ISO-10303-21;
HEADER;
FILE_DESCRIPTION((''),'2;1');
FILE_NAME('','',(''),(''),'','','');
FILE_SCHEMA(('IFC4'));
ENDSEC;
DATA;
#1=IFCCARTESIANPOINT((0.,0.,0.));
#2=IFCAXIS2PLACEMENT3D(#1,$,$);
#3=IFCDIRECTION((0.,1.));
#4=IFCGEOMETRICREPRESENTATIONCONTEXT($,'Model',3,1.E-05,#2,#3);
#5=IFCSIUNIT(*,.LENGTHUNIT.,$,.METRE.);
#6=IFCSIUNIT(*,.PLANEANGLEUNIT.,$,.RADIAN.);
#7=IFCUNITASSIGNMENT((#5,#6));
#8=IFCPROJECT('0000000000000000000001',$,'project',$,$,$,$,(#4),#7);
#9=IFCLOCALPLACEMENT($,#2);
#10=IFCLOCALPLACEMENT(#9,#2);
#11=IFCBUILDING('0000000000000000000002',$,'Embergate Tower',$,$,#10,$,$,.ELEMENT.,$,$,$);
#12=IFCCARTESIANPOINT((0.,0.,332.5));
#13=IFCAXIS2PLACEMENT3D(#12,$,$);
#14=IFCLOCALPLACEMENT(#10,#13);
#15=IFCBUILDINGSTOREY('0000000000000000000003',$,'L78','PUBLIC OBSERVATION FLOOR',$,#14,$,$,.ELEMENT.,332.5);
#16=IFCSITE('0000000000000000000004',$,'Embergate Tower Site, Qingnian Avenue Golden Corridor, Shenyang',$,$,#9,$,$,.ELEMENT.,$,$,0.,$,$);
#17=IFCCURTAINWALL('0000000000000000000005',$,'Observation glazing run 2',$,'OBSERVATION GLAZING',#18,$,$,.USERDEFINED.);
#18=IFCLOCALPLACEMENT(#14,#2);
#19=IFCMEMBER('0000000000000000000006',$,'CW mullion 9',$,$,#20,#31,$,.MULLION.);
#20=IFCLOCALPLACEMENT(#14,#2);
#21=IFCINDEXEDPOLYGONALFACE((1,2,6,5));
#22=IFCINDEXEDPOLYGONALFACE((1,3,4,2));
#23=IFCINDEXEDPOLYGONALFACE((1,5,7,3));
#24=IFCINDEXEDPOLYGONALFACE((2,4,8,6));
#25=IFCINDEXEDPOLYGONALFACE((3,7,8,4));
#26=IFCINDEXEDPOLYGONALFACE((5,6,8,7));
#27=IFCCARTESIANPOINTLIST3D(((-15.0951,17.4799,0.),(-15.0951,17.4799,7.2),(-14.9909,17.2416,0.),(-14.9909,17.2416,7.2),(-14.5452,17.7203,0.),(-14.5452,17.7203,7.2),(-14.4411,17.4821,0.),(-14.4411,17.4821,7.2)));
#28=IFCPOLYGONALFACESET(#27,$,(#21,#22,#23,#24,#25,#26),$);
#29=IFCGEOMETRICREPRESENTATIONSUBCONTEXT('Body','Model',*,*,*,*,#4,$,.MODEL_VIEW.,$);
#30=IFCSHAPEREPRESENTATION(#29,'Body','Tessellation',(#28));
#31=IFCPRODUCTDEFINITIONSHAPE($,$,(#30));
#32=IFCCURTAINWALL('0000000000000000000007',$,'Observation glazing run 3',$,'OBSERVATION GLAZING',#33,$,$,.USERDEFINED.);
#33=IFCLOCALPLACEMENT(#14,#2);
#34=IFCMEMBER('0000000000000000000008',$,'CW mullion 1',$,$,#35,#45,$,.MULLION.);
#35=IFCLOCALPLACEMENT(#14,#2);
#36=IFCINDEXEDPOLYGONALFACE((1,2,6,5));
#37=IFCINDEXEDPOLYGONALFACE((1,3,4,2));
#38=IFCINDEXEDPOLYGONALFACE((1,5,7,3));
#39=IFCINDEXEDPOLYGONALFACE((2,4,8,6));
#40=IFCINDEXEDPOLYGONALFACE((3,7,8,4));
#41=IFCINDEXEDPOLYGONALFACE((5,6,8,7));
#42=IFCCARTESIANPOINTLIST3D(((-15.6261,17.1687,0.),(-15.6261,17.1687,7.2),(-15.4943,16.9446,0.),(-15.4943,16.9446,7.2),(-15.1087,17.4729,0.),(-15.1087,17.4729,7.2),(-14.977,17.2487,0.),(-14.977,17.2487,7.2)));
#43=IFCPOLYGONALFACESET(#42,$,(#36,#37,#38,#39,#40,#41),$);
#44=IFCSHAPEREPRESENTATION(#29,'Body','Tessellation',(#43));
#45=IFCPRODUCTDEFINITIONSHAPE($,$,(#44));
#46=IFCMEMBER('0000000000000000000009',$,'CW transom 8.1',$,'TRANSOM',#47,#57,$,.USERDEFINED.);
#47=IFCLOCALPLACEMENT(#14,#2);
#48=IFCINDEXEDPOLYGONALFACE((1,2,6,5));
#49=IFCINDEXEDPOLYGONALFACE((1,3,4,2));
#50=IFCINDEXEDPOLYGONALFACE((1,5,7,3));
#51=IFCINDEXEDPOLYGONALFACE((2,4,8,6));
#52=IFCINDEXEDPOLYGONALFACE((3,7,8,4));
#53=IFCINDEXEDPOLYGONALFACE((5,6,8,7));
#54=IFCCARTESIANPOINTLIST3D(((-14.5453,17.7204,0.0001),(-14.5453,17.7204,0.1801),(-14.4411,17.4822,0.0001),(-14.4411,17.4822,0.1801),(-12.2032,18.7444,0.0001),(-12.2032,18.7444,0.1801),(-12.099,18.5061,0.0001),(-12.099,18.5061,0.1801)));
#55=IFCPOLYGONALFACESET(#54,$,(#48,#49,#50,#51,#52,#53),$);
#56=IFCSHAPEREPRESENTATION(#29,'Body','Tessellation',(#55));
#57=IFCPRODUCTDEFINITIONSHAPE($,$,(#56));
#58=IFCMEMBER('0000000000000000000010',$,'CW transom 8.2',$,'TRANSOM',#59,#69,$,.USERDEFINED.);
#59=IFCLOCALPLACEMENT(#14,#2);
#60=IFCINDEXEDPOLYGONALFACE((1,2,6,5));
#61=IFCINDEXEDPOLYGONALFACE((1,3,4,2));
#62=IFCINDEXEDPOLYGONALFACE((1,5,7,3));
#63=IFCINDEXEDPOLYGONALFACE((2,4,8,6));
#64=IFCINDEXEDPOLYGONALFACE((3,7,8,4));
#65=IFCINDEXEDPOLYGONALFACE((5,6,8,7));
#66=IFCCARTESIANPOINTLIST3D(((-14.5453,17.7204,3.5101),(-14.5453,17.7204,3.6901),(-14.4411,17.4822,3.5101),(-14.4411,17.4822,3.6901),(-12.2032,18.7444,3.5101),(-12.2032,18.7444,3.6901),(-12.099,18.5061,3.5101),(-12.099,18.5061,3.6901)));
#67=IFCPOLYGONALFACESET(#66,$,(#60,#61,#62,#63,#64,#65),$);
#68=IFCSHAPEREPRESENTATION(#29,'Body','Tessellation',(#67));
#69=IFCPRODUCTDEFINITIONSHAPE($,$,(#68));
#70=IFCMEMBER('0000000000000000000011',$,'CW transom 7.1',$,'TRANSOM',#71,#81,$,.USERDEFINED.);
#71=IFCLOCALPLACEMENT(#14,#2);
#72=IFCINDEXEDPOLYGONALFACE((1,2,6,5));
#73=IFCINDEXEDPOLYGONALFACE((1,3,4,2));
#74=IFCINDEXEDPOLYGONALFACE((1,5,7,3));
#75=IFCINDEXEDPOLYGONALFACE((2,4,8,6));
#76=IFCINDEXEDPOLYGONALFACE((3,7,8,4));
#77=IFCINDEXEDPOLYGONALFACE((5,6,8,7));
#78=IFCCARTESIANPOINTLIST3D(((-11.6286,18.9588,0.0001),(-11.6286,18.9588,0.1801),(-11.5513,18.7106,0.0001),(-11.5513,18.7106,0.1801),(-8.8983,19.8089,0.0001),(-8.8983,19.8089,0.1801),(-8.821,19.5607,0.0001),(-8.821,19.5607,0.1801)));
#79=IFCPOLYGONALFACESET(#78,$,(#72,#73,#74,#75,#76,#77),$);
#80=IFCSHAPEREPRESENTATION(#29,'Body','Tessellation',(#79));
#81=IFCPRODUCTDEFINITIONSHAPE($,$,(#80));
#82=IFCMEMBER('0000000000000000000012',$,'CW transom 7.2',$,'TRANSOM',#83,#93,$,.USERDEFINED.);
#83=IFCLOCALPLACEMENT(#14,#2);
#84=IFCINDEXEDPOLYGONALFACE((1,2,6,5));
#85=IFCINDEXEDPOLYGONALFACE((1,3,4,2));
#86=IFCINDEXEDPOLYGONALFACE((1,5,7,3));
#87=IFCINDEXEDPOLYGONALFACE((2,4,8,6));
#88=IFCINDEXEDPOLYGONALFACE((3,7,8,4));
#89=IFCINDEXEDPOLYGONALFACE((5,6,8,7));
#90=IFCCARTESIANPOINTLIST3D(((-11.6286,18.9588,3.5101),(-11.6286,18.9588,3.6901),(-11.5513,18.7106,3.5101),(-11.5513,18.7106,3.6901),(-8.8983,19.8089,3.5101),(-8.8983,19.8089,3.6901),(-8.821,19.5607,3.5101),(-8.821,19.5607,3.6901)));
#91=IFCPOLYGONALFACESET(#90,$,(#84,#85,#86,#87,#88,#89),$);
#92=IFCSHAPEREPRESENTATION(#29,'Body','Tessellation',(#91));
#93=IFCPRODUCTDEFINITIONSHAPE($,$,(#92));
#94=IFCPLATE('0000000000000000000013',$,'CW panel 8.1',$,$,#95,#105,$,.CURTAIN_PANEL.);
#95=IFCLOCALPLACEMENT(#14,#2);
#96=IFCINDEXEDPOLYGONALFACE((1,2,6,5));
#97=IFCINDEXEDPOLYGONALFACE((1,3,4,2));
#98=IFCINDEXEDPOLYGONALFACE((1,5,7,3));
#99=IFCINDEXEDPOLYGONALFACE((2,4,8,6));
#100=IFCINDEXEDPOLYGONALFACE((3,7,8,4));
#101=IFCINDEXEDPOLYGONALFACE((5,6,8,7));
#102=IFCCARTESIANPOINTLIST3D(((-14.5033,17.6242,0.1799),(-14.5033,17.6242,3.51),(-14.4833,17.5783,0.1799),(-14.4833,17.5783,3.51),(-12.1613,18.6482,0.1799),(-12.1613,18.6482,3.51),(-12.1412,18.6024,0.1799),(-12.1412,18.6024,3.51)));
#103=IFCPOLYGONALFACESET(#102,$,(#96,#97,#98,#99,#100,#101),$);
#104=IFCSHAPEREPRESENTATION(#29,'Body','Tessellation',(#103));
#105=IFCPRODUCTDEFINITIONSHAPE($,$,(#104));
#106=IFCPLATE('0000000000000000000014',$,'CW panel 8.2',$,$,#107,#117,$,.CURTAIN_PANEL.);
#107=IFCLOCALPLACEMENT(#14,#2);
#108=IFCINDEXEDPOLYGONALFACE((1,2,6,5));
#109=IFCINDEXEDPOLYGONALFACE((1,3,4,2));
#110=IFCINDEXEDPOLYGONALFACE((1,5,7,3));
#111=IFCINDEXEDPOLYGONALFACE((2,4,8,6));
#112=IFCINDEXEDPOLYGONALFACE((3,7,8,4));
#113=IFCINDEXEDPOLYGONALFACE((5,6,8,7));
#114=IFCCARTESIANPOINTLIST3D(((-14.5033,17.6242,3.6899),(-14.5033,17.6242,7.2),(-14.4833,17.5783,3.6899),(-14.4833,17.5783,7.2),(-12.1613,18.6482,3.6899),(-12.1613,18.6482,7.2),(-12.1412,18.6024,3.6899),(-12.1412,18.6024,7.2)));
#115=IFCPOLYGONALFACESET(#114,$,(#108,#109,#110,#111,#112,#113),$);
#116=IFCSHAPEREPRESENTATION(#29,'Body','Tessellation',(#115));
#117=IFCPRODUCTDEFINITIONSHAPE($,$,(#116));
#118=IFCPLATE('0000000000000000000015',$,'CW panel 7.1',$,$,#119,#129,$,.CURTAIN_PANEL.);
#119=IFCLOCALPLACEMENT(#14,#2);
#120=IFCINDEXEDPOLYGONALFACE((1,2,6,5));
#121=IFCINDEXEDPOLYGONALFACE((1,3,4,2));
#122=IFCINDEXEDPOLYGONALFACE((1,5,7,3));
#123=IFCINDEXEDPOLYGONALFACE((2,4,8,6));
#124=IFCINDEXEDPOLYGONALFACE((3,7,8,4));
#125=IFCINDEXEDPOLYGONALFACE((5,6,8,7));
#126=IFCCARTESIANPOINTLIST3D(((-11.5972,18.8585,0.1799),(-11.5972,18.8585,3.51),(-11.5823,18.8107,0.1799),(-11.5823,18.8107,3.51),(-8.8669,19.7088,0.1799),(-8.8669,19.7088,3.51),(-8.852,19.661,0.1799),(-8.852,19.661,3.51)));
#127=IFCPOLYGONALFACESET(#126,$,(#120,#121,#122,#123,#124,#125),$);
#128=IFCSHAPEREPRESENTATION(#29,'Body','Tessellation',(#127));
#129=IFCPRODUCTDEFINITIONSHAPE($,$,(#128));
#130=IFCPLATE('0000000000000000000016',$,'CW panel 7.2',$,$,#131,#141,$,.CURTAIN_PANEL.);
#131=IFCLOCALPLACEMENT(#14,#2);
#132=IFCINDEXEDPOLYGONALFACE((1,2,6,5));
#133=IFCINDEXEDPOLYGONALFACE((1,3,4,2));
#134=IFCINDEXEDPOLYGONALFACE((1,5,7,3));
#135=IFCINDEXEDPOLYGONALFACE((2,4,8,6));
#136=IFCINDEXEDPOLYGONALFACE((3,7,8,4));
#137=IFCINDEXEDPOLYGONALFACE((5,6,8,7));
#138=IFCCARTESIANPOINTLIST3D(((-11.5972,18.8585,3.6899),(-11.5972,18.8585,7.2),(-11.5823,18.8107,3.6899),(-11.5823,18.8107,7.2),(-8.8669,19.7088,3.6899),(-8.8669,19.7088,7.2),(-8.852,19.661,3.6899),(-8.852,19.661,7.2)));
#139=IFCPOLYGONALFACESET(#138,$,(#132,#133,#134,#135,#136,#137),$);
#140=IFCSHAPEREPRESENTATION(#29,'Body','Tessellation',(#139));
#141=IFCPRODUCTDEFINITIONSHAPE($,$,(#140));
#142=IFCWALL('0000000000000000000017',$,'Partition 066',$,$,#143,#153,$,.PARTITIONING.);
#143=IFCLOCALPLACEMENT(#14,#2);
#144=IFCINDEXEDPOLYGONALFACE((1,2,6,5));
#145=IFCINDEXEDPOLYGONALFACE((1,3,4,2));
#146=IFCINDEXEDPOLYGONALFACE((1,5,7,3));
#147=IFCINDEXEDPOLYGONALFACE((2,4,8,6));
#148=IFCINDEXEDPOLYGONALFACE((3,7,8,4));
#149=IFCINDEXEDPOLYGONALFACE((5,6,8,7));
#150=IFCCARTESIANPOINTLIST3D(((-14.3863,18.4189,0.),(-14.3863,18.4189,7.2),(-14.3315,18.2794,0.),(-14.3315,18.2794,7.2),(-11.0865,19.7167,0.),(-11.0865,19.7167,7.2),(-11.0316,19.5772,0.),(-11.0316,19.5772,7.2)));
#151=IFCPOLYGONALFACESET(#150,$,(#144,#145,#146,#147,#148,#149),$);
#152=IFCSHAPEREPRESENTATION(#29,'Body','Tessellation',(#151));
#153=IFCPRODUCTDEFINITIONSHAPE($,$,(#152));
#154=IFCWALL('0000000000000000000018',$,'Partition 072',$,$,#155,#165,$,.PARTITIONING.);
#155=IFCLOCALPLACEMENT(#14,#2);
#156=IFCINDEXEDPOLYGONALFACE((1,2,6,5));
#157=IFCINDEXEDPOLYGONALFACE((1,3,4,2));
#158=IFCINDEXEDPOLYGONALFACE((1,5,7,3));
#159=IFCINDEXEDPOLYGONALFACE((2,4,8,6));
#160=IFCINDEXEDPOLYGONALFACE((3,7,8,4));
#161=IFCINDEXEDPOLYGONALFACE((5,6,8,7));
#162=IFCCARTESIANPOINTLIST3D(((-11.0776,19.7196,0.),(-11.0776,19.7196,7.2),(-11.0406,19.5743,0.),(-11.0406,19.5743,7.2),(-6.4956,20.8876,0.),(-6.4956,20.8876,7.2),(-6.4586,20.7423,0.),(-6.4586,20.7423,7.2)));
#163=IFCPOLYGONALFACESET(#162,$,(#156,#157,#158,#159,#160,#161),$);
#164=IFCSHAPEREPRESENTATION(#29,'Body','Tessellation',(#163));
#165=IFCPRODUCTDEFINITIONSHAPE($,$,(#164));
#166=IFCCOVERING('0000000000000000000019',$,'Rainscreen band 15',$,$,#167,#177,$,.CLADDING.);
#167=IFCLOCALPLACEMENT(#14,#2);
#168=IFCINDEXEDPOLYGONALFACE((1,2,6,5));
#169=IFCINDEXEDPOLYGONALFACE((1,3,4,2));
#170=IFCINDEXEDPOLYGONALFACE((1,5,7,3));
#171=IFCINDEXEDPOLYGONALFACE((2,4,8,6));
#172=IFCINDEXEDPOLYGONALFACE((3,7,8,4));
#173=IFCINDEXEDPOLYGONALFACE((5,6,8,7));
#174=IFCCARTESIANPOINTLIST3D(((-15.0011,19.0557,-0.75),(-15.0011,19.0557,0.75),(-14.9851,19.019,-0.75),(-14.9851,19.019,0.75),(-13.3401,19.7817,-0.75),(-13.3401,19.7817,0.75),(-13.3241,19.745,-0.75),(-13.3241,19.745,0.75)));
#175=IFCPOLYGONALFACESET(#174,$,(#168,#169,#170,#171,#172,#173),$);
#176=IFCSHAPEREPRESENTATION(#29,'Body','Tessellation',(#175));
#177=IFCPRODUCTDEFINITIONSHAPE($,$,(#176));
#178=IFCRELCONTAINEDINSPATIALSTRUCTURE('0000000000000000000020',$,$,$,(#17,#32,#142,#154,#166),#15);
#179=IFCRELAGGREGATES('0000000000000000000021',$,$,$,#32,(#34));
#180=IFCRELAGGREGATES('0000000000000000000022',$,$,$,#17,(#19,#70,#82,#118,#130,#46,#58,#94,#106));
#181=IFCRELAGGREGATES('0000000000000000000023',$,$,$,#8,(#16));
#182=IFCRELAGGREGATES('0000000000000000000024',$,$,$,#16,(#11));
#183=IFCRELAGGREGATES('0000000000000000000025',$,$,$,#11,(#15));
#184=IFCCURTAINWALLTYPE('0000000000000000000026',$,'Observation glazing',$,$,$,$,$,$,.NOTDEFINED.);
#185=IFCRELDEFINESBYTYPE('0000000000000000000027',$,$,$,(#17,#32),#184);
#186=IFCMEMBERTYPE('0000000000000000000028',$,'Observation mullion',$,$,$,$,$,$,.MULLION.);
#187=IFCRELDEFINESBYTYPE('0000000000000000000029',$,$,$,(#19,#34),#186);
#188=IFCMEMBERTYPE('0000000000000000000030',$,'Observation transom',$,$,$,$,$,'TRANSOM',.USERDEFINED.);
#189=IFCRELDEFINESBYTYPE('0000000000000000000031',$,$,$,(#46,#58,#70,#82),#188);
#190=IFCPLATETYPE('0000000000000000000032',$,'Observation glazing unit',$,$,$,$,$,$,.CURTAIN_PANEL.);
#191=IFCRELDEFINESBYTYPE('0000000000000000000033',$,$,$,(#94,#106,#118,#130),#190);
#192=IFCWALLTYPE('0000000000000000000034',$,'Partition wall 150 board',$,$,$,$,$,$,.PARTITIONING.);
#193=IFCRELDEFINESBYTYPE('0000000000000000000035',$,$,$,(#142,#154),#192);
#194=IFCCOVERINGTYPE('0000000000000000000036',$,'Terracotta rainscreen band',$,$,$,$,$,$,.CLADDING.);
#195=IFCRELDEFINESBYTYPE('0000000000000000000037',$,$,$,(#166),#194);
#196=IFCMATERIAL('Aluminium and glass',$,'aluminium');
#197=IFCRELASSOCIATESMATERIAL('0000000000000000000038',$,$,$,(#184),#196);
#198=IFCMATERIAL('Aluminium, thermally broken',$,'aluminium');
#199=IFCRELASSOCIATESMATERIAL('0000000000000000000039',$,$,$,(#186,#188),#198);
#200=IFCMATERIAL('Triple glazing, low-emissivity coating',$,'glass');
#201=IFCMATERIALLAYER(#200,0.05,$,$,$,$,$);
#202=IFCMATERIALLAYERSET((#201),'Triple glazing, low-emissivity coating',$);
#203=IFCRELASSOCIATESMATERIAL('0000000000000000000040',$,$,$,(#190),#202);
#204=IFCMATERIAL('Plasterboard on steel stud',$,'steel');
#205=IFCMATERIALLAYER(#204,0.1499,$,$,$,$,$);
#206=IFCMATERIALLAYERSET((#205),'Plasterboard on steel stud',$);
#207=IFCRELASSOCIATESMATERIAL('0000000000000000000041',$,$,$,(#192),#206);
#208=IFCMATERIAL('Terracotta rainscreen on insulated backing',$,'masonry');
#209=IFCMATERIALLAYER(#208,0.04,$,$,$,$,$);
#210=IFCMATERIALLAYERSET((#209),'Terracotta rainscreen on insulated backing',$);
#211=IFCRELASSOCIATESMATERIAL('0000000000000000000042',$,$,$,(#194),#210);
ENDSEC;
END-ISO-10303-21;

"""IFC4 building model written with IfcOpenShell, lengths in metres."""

from ifc_helpers import new_model, si_unit, direction, frame, frame_2d, origin, origin_2d, place, context, subcontext, project, spatial, rectangle, extrude, source, transform, mapped, material, layer, layer_set, material_profile, profile_set, type_object, element, aggregate, save


model = new_model("IFC4")

# Units and contexts
model_context = context("Model", 3, precision=1e-05, world=origin(), true_north=direction((0.0, 1.0)))
body_context = subcontext(model_context, "Body", "Model", "MODEL_VIEW")
ifc_project = project(units=[si_unit("LENGTHUNIT", "METRE"), si_unit("PLANEANGLEUNIT", "RADIAN")], contexts=[model_context])

# Site, building, storey
site_placement = place(None, origin())
site = spatial("IfcSite", under=ifc_project, at=site_placement, Name="Embergate Tower Site, Qingnian Avenue Golden Corridor, Shenyang", CompositionType="ELEMENT", RefElevation=0.0)
building_placement = place(site_placement, origin())
building = spatial("IfcBuilding", under=site, at=building_placement, Name="Embergate Tower", CompositionType="ELEMENT")
storey_placement = place(building_placement, frame((0.0, 0.0, 332.5)))
storey = spatial("IfcBuildingStorey", under=building, at=storey_placement, Name="L78", Description="PUBLIC OBSERVATION FLOOR", CompositionType="ELEMENT", Elevation=332.5)

# Curtain wall, member
ifc_material_1 = material(Name="Aluminium and glass", Category="aluminium")
curtain_wall_type = type_object("IfcCurtainWallType", Name="Observation glazing", PredefinedType="NOTDEFINED", material=ifc_material_1)
curtain_wall_1_placement = place(storey_placement, origin())
curtain_wall_1 = element("IfcCurtainWall", 1, at=curtain_wall_1_placement, inside=storey, type_object=curtain_wall_type, Name="Observation glazing run 2", ObjectType="OBSERVATION GLAZING", PredefinedType="USERDEFINED")
ifc_material_2 = material(Name="Aluminium, thermally broken", Category="aluminium")
ifc_material_profile_1 = material_profile(ifc_material_2, rectangle(XDim=0.26, YDim=0.6001, at=origin_2d()), Name="AL 600x260")
ifc_profile_set_1 = profile_set([ifc_material_profile_1], Name="Aluminium, thermally broken")
member_type_1 = type_object("IfcMemberType", Name="Observation mullion", PredefinedType="MULLION", material=ifc_profile_set_1)
shared_shape_1 = source(origin(), body_context, "Body", "SweptSolid", [
    extrude(rectangle(XDim=0.26, YDim=0.6001, at=origin_2d()), origin(), (0.0, 0.0, 1.0), 7.2),
])
member_1_placement = place(storey_placement, frame((-14.7681, 17.481, 0.0), z_axis=(0.0, 0.0, 1.0), x_axis=(0.400634, -0.916238, 0.0)))
member_1 = element("IfcMember", 2, at=member_1_placement, type_object=member_type_1, Name="CW mullion 9", PredefinedType="MULLION", context=body_context, shape_type="MappedRepresentation", body=[
    mapped(shared_shape_1, transform((0.0, 0.0, 0.0))),
])

# Curtain wall, member
curtain_wall_2_placement = place(storey_placement, origin())
curtain_wall_2 = element("IfcCurtainWall", 3, at=curtain_wall_2_placement, inside=storey, type_object=curtain_wall_type, Name="Observation glazing run 3", ObjectType="OBSERVATION GLAZING", PredefinedType="USERDEFINED")
member_2_placement = place(storey_placement, frame((-15.3015, 17.2087, 0.0), z_axis=(0.0, 0.0, 1.0), x_axis=(0.506812, -0.862057, 0.0)))
member_2 = element("IfcMember", 4, at=member_2_placement, type_object=member_type_1, Name="CW mullion 1", PredefinedType="MULLION", context=body_context, shape_type="MappedRepresentation", body=[
    mapped(shared_shape_1, transform((0.0, 0.0, 0.0))),
])
aggregate(curtain_wall_2, [member_2])

# Members
ifc_material_profile_2 = material_profile(ifc_material_2, rectangle(XDim=0.26, YDim=0.1799, at=origin_2d()), Name="AL 180x260")
ifc_profile_set_2 = profile_set([ifc_material_profile_2], Name="Aluminium, thermally broken")
member_type_2 = type_object("IfcMemberType", Name="Observation transom", ElementType="TRANSOM", PredefinedType="USERDEFINED", material=ifc_profile_set_2)
shared_shape_2 = source(origin(), body_context, "Body", "SweptSolid", [
    extrude(rectangle(XDim=0.26, YDim=0.1799, at=origin_2d()), origin(), (0.0, 0.0, 1.0), 2.5562),
])
member_3_placement = place(storey_placement, frame((-12.1511, 18.6252, 0.0901), z_axis=(-0.91626, -0.400583, 0.0), x_axis=(0.400583, -0.91626, 0.0)))
member_3 = element("IfcMember", 5, at=member_3_placement, type_object=member_type_2, Name="CW transom 8.1", ObjectType="TRANSOM", PredefinedType="USERDEFINED", context=body_context, shape_type="MappedRepresentation", body=[
    mapped(shared_shape_2, transform((0.0, 0.0, 0.0))),
])
member_4_placement = place(storey_placement, frame((-12.1511, 18.6252, 3.6001), z_axis=(-0.91626, -0.400583, 0.0), x_axis=(0.400583, -0.91626, 0.0)))
member_4 = element("IfcMember", 6, at=member_4_placement, type_object=member_type_2, Name="CW transom 8.2", ObjectType="TRANSOM", PredefinedType="USERDEFINED", context=body_context, shape_type="MappedRepresentation", body=[
    mapped(shared_shape_2, transform((0.0, 0.0, 0.0))),
])
shared_shape_3 = source(origin(), body_context, "Body", "SweptSolid", [
    extrude(rectangle(XDim=0.26, YDim=0.1799, at=origin_2d()), origin(), (0.0, 0.0, 1.0), 2.8596),
])
member_5_placement = place(storey_placement, frame((-8.8596, 19.6848, 0.0901), z_axis=(-0.954788, -0.297288, 0.0), x_axis=(0.297288, -0.954788, 0.0)))
member_5 = element("IfcMember", 7, at=member_5_placement, type_object=member_type_2, Name="CW transom 7.1", ObjectType="TRANSOM", PredefinedType="USERDEFINED", context=body_context, shape_type="MappedRepresentation", body=[
    mapped(shared_shape_3, transform((0.0, 0.0, 0.0))),
])
member_6_placement = place(storey_placement, frame((-8.8596, 19.6848, 3.6001), z_axis=(-0.954788, -0.297288, 0.0), x_axis=(0.297288, -0.954788, 0.0)))
member_6 = element("IfcMember", 8, at=member_6_placement, type_object=member_type_2, Name="CW transom 7.2", ObjectType="TRANSOM", PredefinedType="USERDEFINED", context=body_context, shape_type="MappedRepresentation", body=[
    mapped(shared_shape_3, transform((0.0, 0.0, 0.0))),
])

# Plates
ifc_material_3 = material(Name="Triple glazing, low-emissivity coating", Category="glass")
ifc_layer_1 = layer(ifc_material_3, 0.05)
ifc_layer_set_1 = layer_set([ifc_layer_1], Name="Triple glazing, low-emissivity coating")
plate_type = type_object("IfcPlateType", Name="Observation glazing unit", PredefinedType="CURTAIN_PANEL", material=ifc_layer_set_1)
shared_shape_4 = source(origin(), body_context, "Body", "SweptSolid", [
    extrude(rectangle(XDim=2.5562, YDim=0.05, at=origin_2d()), origin(), (0.0, 0.0, 1.0), 3.3301),
])
plate_1_placement = place(storey_placement, frame((-13.3223, 18.1133, 0.1799), z_axis=(0.0, 0.0, 1.0), x_axis=(-0.916238, -0.400634, 0.0)))
plate_1 = element("IfcPlate", 9, at=plate_1_placement, type_object=plate_type, Name="CW panel 8.1", PredefinedType="CURTAIN_PANEL", context=body_context, shape_type="MappedRepresentation", body=[
    mapped(shared_shape_4, transform((0.0, 0.0, 0.0))),
])
shared_shape_5 = source(origin(), body_context, "Body", "SweptSolid", [
    extrude(rectangle(XDim=2.5562, YDim=0.05, at=origin_2d()), origin(), (0.0, 0.0, 1.0), 3.51),
])
plate_2_placement = place(storey_placement, frame((-13.3223, 18.1133, 3.6899), z_axis=(0.0, 0.0, 1.0), x_axis=(-0.916238, -0.400634, 0.0)))
plate_2 = element("IfcPlate", 10, at=plate_2_placement, type_object=plate_type, Name="CW panel 8.2", PredefinedType="CURTAIN_PANEL", context=body_context, shape_type="MappedRepresentation", body=[
    mapped(shared_shape_5, transform((0.0, 0.0, 0.0))),
])
shared_shape_6 = source(origin(), body_context, "Body", "SweptSolid", [
    extrude(rectangle(XDim=2.8596, YDim=0.05, at=origin_2d()), origin(), (0.0, 0.0, 1.0), 3.3301),
])
plate_3_placement = place(storey_placement, frame((-10.2246, 19.2598, 0.1799), z_axis=(0.0, 0.0, 1.0), x_axis=(-0.954773, -0.297335, 0.0)))
plate_3 = element("IfcPlate", 11, at=plate_3_placement, type_object=plate_type, Name="CW panel 7.1", PredefinedType="CURTAIN_PANEL", context=body_context, shape_type="MappedRepresentation", body=[
    mapped(shared_shape_6, transform((0.0, 0.0, 0.0))),
])
shared_shape_7 = source(origin(), body_context, "Body", "SweptSolid", [
    extrude(rectangle(XDim=2.8596, YDim=0.05, at=origin_2d()), origin(), (0.0, 0.0, 1.0), 3.51),
])
plate_4_placement = place(storey_placement, frame((-10.2246, 19.2598, 3.6899), z_axis=(0.0, 0.0, 1.0), x_axis=(-0.954773, -0.297335, 0.0)))
plate_4 = element("IfcPlate", 12, at=plate_4_placement, type_object=plate_type, Name="CW panel 7.2", PredefinedType="CURTAIN_PANEL", context=body_context, shape_type="MappedRepresentation", body=[
    mapped(shared_shape_7, transform((0.0, 0.0, 0.0))),
])
aggregate(curtain_wall_1, [member_1, member_5, member_6, plate_3, plate_4, member_3, member_4, plate_1, plate_2])

# Walls
ifc_material_4 = material(Name="Plasterboard on steel stud", Category="steel")
ifc_layer_2 = layer(ifc_material_4, 0.1499)
ifc_layer_set_2 = layer_set([ifc_layer_2], Name="Plasterboard on steel stud")
wall_type = type_object("IfcWallType", Name="Partition wall 150 board", PredefinedType="PARTITIONING", material=ifc_layer_set_2)
shared_shape_8 = source(origin(), body_context, "Body", "SweptSolid", [
    extrude(rectangle(XDim=3.5459, YDim=0.1499, at=frame_2d((1.7729, 0.0))), origin(), (0.0, 0.0, 1.0), 7.2),
])
wall_1_placement = place(storey_placement, frame((-14.3589, 18.3491, 0.0), z_axis=(0.0, 0.0, 1.0), x_axis=(0.930607, 0.366019, 0.0)))
element("IfcWall", 13, at=wall_1_placement, inside=storey, type_object=wall_type, Name="Partition 066", PredefinedType="PARTITIONING", context=body_context, shape_type="MappedRepresentation", body=[
    mapped(shared_shape_8, transform((0.0, 0.0, 0.0))),
])
shared_shape_9 = source(origin(), body_context, "Body", "SweptSolid", [
    extrude(rectangle(XDim=4.7285, YDim=0.1499, at=frame_2d((2.3643, 0.0))), origin(), (0.0, 0.0, 1.0), 7.2),
])
wall_2_placement = place(storey_placement, frame((-11.0591, 19.647, 0.0), z_axis=(0.0, 0.0, 1.0), x_axis=(0.969015, 0.247004, 0.0)))
element("IfcWall", 14, at=wall_2_placement, inside=storey, type_object=wall_type, Name="Partition 072", PredefinedType="PARTITIONING", context=body_context, shape_type="MappedRepresentation", body=[
    mapped(shared_shape_9, transform((0.0, 0.0, 0.0))),
])

# Covering
ifc_material_5 = material(Name="Terracotta rainscreen on insulated backing", Category="masonry")
ifc_layer_3 = layer(ifc_material_5, 0.04)
ifc_layer_set_3 = layer_set([ifc_layer_3], Name="Terracotta rainscreen on insulated backing")
covering_type = type_object("IfcCoveringType", Name="Terracotta rainscreen band", PredefinedType="CLADDING", material=ifc_layer_set_3)
shared_shape_10 = source(origin(), body_context, "Body", "SweptSolid", [
    extrude(rectangle(XDim=1.8127, YDim=0.04, at=origin_2d()), origin(), (0.0, 0.0, 1.0), 1.5),
])
covering_1_placement = place(storey_placement, frame((-14.1626, 19.4004, -0.75), z_axis=(0.0, 0.0, 1.0), x_axis=(-0.916296, -0.400501, 0.0)))
element("IfcCovering", 15, at=covering_1_placement, inside=storey, type_object=covering_type, Name="Rainscreen band 15", PredefinedType="CLADDING", context=body_context, shape_type="MappedRepresentation", body=[
    mapped(shared_shape_10, transform((0.0, 0.0, 0.0))),
])

save(model, "model.ifc")
